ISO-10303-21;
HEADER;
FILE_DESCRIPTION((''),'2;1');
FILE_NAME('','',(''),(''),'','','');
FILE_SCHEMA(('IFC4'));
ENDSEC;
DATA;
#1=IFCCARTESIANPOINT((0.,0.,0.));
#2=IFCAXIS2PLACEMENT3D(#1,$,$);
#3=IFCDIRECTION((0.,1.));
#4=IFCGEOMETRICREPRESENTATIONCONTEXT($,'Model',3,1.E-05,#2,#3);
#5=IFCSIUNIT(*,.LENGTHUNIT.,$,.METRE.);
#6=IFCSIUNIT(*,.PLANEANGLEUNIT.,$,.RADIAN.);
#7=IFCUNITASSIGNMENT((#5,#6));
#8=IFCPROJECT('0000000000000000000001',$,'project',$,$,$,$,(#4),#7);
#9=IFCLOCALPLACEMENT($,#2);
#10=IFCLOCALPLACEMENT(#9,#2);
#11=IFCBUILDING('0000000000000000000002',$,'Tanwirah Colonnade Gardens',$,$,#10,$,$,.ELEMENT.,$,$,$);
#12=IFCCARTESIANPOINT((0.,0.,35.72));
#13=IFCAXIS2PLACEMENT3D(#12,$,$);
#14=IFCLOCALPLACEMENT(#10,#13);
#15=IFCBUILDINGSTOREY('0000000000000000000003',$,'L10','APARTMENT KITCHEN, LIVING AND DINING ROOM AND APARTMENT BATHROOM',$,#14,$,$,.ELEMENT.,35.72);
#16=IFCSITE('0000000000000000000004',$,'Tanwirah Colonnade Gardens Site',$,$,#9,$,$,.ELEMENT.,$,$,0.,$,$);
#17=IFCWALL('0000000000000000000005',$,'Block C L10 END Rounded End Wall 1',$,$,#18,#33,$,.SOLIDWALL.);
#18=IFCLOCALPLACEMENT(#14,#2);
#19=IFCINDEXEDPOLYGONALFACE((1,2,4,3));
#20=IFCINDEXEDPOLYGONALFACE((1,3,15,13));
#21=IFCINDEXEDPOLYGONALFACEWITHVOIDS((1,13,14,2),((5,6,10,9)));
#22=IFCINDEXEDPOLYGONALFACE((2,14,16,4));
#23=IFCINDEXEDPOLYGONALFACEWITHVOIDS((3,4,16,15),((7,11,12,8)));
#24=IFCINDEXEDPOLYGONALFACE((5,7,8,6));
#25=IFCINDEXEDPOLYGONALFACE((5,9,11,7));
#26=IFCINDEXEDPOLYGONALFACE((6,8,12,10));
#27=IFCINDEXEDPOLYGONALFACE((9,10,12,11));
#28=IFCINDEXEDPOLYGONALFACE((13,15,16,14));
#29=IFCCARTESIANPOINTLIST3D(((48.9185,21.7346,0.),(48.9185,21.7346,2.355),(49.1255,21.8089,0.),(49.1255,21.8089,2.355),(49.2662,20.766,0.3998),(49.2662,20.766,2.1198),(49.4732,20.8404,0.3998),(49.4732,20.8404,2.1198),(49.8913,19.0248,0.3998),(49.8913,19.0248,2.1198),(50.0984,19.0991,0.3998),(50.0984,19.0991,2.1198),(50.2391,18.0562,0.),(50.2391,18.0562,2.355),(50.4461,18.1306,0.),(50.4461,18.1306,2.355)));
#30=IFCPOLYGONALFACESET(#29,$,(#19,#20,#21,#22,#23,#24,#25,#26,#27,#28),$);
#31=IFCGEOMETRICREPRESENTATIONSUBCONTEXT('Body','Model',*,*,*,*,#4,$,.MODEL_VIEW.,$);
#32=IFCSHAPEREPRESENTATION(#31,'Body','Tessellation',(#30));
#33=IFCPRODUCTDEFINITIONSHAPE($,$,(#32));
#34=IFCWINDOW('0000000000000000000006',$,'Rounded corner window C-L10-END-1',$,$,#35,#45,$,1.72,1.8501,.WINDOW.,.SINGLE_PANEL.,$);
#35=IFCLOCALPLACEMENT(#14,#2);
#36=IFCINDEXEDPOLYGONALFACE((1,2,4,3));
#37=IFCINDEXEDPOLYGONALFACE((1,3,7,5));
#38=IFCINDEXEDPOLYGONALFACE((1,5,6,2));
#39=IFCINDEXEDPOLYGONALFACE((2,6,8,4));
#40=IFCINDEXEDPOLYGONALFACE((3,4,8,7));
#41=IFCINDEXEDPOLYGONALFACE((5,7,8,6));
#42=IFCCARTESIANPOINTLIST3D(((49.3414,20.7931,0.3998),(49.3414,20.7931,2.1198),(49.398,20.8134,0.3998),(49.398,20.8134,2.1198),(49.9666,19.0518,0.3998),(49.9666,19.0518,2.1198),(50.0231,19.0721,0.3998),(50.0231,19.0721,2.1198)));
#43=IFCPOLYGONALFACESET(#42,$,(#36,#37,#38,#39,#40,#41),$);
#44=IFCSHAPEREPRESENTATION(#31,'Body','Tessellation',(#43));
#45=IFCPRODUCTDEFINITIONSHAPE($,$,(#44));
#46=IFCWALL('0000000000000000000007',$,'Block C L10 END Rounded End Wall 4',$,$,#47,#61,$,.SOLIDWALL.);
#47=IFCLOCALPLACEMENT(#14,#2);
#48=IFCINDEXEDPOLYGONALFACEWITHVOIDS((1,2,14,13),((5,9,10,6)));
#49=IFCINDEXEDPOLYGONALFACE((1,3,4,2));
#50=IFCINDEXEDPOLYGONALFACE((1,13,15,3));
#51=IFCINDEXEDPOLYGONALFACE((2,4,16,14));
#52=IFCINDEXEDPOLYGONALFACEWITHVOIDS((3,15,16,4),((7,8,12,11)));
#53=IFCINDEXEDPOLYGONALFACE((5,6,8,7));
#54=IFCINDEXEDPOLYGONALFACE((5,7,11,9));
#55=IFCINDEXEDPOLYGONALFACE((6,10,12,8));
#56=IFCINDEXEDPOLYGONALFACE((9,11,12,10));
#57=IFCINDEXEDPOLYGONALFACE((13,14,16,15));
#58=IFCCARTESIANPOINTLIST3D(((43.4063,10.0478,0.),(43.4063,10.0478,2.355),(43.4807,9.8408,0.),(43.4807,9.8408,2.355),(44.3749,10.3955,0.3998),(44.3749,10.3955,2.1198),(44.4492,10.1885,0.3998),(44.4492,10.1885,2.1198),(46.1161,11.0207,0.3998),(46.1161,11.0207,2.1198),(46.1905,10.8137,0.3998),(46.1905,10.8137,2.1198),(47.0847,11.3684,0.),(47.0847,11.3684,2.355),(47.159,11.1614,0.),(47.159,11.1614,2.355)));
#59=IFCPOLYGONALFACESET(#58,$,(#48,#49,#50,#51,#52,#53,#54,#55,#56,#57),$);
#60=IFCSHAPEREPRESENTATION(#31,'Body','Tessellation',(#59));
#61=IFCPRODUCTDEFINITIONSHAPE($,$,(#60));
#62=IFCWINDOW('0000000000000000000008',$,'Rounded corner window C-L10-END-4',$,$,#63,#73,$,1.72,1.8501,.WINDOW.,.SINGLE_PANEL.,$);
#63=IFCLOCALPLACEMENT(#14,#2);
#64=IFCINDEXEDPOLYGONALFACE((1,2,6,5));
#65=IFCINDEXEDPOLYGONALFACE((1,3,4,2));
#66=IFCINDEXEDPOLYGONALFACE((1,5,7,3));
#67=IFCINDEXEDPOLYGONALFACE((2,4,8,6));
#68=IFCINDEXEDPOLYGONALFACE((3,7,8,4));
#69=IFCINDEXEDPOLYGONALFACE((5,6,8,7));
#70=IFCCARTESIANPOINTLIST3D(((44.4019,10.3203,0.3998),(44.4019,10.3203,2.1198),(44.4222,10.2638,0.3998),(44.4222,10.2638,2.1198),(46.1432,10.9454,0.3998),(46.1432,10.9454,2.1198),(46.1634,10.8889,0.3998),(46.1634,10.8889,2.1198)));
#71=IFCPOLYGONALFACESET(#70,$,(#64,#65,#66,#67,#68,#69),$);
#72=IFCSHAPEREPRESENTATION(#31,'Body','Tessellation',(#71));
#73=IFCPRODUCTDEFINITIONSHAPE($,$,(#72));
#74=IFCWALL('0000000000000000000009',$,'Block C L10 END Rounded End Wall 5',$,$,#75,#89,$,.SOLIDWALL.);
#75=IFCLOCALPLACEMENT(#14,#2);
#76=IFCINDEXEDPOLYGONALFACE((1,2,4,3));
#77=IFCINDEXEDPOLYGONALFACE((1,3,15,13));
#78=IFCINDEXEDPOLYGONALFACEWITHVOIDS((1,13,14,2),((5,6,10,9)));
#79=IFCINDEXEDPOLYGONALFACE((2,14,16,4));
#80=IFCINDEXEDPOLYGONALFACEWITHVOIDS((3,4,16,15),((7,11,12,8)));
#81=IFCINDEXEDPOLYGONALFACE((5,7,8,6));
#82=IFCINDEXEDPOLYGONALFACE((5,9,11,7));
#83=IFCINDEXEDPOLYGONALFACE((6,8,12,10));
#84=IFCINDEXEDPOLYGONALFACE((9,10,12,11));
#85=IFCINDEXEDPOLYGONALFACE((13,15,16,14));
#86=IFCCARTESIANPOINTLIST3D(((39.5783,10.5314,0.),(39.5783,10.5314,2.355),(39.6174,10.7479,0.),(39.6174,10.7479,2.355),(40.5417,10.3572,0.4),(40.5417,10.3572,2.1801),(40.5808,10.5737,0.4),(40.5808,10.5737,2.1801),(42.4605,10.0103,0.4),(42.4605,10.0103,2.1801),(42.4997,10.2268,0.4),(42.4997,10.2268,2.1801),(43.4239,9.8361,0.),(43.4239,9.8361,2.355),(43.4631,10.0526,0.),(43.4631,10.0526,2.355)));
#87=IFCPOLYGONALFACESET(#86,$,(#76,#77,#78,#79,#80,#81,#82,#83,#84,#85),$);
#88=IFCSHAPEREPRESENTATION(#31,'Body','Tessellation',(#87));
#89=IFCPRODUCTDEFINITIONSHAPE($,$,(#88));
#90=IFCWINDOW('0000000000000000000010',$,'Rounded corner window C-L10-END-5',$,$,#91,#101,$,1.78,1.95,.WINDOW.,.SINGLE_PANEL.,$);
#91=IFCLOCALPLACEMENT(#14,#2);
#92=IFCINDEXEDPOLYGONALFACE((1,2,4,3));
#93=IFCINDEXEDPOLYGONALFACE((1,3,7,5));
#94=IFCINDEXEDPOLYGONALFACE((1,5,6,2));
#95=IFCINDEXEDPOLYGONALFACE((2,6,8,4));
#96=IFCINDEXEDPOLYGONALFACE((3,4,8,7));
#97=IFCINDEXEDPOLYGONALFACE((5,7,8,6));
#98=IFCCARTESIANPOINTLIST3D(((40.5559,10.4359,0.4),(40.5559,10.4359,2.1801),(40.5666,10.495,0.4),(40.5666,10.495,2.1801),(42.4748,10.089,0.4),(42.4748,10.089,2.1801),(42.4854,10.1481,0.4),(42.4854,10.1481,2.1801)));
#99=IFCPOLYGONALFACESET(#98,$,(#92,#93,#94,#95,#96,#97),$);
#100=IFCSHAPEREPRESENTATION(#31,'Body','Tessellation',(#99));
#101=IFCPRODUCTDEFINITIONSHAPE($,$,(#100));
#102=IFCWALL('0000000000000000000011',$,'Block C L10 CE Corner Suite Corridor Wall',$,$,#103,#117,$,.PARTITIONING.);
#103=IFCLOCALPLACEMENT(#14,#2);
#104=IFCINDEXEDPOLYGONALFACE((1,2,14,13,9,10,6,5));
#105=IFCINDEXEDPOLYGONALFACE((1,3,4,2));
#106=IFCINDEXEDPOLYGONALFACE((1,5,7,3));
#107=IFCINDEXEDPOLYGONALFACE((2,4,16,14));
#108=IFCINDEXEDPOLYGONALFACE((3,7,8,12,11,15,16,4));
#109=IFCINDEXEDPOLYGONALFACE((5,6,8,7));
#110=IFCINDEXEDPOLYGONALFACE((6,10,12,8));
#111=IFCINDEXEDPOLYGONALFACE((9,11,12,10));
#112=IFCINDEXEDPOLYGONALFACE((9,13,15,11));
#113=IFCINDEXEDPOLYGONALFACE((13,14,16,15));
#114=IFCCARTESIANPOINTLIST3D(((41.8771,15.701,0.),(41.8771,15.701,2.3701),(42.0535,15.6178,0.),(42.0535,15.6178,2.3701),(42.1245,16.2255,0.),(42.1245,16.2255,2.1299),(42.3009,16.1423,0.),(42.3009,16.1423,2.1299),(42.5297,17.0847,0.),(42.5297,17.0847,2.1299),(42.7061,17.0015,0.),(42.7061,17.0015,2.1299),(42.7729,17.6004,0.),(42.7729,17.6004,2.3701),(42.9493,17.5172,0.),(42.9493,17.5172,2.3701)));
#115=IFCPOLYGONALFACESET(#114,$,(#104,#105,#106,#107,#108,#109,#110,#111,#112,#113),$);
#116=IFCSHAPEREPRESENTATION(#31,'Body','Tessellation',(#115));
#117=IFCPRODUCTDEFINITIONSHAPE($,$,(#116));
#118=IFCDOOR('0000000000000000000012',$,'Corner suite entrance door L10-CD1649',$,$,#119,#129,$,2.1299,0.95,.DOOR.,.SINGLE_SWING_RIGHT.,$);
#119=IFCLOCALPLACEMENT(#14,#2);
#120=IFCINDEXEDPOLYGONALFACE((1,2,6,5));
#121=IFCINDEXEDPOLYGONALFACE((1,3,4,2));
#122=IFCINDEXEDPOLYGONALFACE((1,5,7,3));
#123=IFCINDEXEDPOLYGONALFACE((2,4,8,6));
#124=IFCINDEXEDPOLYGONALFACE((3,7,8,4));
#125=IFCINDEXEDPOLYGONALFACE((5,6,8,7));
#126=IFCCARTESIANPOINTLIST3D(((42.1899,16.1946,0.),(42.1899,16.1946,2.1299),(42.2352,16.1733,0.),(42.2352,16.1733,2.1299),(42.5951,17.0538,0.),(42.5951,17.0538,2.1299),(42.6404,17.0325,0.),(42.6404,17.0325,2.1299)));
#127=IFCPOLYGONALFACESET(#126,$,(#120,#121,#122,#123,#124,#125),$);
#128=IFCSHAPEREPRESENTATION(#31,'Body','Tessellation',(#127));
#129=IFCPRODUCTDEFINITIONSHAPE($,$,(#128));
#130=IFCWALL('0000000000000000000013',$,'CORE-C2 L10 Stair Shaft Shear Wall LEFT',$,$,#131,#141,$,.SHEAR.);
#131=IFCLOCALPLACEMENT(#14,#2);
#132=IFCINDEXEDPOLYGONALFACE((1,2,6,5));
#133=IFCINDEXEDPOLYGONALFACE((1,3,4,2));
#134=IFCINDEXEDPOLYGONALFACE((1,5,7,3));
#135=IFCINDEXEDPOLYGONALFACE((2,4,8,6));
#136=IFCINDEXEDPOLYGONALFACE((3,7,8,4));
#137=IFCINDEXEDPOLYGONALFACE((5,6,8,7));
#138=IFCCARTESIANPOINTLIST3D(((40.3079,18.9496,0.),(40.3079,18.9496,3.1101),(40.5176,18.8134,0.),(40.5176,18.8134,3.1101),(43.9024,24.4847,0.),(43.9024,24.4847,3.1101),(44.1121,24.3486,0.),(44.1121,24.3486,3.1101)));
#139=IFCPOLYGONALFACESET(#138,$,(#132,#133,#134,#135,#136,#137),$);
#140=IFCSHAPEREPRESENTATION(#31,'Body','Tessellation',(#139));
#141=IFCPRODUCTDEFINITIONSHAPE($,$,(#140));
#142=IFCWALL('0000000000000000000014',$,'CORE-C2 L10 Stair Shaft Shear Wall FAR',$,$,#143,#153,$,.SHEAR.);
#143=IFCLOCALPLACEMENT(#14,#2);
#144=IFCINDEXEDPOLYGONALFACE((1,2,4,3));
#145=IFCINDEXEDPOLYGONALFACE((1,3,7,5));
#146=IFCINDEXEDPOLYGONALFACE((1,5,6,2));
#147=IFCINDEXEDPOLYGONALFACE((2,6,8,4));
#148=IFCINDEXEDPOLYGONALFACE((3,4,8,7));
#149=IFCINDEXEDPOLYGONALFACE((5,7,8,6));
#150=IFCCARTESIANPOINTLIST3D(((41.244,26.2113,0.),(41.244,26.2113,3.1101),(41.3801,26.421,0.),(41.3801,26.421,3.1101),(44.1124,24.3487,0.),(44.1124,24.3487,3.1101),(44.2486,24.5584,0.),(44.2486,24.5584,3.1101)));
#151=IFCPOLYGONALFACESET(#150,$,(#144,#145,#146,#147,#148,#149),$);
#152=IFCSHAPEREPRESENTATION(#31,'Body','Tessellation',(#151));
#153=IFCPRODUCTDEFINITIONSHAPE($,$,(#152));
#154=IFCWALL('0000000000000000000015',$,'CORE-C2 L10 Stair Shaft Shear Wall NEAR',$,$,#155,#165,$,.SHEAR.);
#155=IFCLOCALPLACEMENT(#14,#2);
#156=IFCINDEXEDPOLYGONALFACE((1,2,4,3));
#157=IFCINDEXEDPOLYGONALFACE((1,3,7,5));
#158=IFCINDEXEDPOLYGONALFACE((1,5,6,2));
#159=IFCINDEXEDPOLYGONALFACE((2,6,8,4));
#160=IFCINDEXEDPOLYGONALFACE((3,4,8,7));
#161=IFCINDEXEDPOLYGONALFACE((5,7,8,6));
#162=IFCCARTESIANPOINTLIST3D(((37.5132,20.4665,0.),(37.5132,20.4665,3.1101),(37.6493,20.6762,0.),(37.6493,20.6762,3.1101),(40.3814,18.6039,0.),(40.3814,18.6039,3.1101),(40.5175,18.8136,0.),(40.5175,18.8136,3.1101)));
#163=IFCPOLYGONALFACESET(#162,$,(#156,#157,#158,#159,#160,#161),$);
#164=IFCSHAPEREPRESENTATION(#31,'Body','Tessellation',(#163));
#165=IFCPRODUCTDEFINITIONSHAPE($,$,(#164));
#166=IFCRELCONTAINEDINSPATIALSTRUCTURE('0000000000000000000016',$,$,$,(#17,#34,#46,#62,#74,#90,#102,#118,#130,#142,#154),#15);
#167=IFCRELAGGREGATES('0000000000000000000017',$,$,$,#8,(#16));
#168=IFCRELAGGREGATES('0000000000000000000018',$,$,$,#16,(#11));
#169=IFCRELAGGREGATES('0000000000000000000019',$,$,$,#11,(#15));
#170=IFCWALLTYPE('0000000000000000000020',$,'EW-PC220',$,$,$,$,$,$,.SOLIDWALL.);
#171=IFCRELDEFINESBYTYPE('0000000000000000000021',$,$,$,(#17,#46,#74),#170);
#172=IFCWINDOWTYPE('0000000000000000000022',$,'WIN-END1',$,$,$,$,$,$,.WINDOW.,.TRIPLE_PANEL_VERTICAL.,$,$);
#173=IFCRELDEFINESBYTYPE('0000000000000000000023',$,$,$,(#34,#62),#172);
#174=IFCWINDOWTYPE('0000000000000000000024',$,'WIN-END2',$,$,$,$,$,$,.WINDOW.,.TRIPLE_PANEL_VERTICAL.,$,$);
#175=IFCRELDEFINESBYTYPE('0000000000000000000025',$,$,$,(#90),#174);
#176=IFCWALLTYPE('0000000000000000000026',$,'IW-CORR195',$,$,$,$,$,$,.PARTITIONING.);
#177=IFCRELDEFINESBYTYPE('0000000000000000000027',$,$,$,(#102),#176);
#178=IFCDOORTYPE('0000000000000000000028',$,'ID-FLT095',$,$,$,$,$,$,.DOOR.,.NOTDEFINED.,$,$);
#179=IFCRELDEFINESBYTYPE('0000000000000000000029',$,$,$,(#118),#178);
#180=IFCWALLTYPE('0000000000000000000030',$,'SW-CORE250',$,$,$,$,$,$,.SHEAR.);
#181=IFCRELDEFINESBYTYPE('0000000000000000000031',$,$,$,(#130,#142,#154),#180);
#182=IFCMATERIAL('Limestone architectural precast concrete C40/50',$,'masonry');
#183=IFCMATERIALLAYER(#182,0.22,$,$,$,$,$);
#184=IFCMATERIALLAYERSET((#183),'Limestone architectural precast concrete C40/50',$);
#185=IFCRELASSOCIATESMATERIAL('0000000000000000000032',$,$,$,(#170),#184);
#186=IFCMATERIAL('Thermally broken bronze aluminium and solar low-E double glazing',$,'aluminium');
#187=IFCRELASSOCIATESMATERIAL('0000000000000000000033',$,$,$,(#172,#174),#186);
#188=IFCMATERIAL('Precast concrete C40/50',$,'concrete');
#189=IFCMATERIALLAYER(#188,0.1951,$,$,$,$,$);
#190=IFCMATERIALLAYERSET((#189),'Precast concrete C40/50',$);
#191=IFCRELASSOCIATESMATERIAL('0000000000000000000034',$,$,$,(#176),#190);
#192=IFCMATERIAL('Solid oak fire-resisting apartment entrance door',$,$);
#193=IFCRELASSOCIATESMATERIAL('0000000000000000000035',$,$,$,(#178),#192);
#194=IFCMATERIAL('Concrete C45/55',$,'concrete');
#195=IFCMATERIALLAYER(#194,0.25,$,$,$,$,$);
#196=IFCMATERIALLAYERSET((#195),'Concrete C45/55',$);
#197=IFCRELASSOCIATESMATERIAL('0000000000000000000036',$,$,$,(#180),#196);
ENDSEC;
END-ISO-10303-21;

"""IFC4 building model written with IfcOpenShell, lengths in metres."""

from ifc_helpers import new_model, si_unit, direction, frame, frame_2d, origin, place, context, subcontext, project, spatial, rectangle, extrude, material, layer, layer_set, type_object, element, fill, save


model = new_model("IFC4")

# Units and contexts
model_context = context("Model", 3, precision=1e-05, world=origin(), true_north=direction((0.0, 1.0)))
body_context = subcontext(model_context, "Body", "Model", "MODEL_VIEW")
ifc_project = project(units=[si_unit("LENGTHUNIT", "METRE"), si_unit("PLANEANGLEUNIT", "RADIAN")], contexts=[model_context])

# Site, building, storey
site_placement = place(None, origin())
site = spatial("IfcSite", under=ifc_project, at=site_placement, Name="Tanwirah Colonnade Gardens Site", CompositionType="ELEMENT", RefElevation=0.0)
building_placement = place(site_placement, origin())
building = spatial("IfcBuilding", under=site, at=building_placement, Name="Tanwirah Colonnade Gardens", CompositionType="ELEMENT")
storey_placement = place(building_placement, frame((0.0, 0.0, 35.72)))
storey = spatial("IfcBuildingStorey", under=building, at=storey_placement, Name="L10", Description="APARTMENT KITCHEN, LIVING AND DINING ROOM AND APARTMENT BATHROOM", CompositionType="ELEMENT", Elevation=35.72)

# Shared definitions
ifc_material_1 = material(Name="Precast concrete C40/50", Category="concrete")

# Wall, opening, window
ifc_material_2 = material(Name="Limestone architectural precast concrete C40/50", Category="masonry")
ifc_layer_1 = layer(ifc_material_2, 0.22)
ifc_layer_set_1 = layer_set([ifc_layer_1], Name="Limestone architectural precast concrete C40/50")
wall_type_1 = type_object("IfcWallType", Name="EW-PC220", PredefinedType="SOLIDWALL", material=ifc_layer_set_1)
wall_1_placement = place(storey_placement, frame((49.022, 21.7717, 0.0), z_axis=(0.0, 0.0, 1.0), x_axis=(0.337903, -0.941181, 0.0)))
wall_1 = element("IfcWall", 1, at=wall_1_placement, inside=storey, type_object=wall_type_1, Name="Block C L10 END Rounded End Wall 1", PredefinedType="SOLIDWALL", context=body_context, shape_type="SweptSolid", body=[
    extrude(rectangle(XDim=3.9082, YDim=0.22, at=frame_2d((1.9541, 0.0))), origin(), (0.0, 0.0, 1.0), 2.355),
])
opening_1_placement = place(wall_1_placement, frame((1.0291, 0.0, 0.3999)))
opening_1 = element("IfcOpeningElement", 2, at=opening_1_placement, cuts=wall_1, PredefinedType="OPENING", context=body_context, shape_type="SweptSolid", body=[
    extrude(rectangle(XDim=1.8501, YDim=1.72, at=frame_2d((0.925, 0.8599))), frame((0.0, 0.1199, 0.0), z_axis=(0.0, -1.0, 0.0), x_axis=(1.0, 0.0, 0.0)), (0.0, 0.0, 1.0), 0.24),
])
ifc_material_3 = material(Name="Thermally broken bronze aluminium and solar low-E double glazing", Category="aluminium")
window_type_1 = type_object("IfcWindowType", Name="WIN-END1", PartitioningType="TRIPLE_PANEL_VERTICAL", PredefinedType="WINDOW", material=ifc_material_3)
window_1_placement = place(opening_1_placement, origin())
window_1 = element("IfcWindow", 3, at=window_1_placement, inside=storey, type_object=window_type_1, Name="Rounded corner window C-L10-END-1", OverallHeight=1.72, OverallWidth=1.8501, PartitioningType="SINGLE_PANEL", PredefinedType="WINDOW", context=body_context, shape_type="SweptSolid", body=[
    extrude(rectangle(XDim=1.8501, YDim=1.72, at=frame_2d((0.925, 0.8599))), frame((0.0, 0.03, 0.0), z_axis=(0.0, -1.0, 0.0), x_axis=(1.0, 0.0, 0.0)), (0.0, 0.0, 1.0), 0.0601),
])
fill(opening_1, window_1)

# Walls, openings, windows
wall_2_placement = place(storey_placement, frame((47.1218, 11.2649, 0.0), z_axis=(0.0, 0.0, 1.0), x_axis=(-0.941181, -0.337903, 0.0)))
wall_2 = element("IfcWall", 4, at=wall_2_placement, inside=storey, type_object=wall_type_1, Name="Block C L10 END Rounded End Wall 4", PredefinedType="SOLIDWALL", context=body_context, shape_type="SweptSolid", body=[
    extrude(rectangle(XDim=3.9082, YDim=0.22, at=frame_2d((1.9541, 0.0))), origin(), (0.0, 0.0, 1.0), 2.355),
])
opening_2_placement = place(wall_2_placement, frame((1.0291, 0.0, 0.3999)))
opening_2 = element("IfcOpeningElement", 5, at=opening_2_placement, cuts=wall_2, PredefinedType="OPENING", context=body_context, shape_type="SweptSolid", body=[
    extrude(rectangle(XDim=1.8501, YDim=1.72, at=frame_2d((0.925, 0.8599))), frame((0.0, 0.1199, 0.0), z_axis=(0.0, -1.0, 0.0), x_axis=(1.0, 0.0, 0.0)), (0.0, 0.0, 1.0), 0.24),
])
window_2_placement = place(opening_2_placement, origin())
window_2 = element("IfcWindow", 6, at=window_2_placement, inside=storey, type_object=window_type_1, Name="Rounded corner window C-L10-END-4", OverallHeight=1.72, OverallWidth=1.8501, PartitioningType="SINGLE_PANEL", PredefinedType="WINDOW", context=body_context, shape_type="SweptSolid", body=[
    extrude(rectangle(XDim=1.8501, YDim=1.72, at=frame_2d((0.925, 0.8599))), frame((0.0, 0.03, 0.0), z_axis=(0.0, -1.0, 0.0), x_axis=(1.0, 0.0, 0.0)), (0.0, 0.0, 1.0), 0.0601),
])
fill(opening_2, window_2)
wall_3_placement = place(storey_placement, frame((43.4436, 9.9443, 0.0), z_axis=(0.0, 0.0, 1.0), x_axis=(-0.984045, 0.177918, 0.0)))
wall_3 = element("IfcWall", 7, at=wall_3_placement, inside=storey, type_object=wall_type_1, Name="Block C L10 END Rounded End Wall 5", PredefinedType="SOLIDWALL", context=body_context, shape_type="SweptSolid", body=[
    extrude(rectangle(XDim=3.908, YDim=0.22, at=frame_2d((1.9541, 0.0))), origin(), (0.0, 0.0, 1.0), 2.355),
])
opening_3_placement = place(wall_3_placement, frame((0.979, 0.0, 0.3999)))
opening_3 = element("IfcOpeningElement", 8, at=opening_3_placement, cuts=wall_3, PredefinedType="OPENING", context=body_context, shape_type="SweptSolid", body=[
    extrude(rectangle(XDim=1.95, YDim=1.78, at=frame_2d((0.9751, 0.8901))), frame((0.0, 0.1199, 0.0), z_axis=(0.0, -1.0, 0.0), x_axis=(1.0, 0.0, 0.0)), (0.0, 0.0, 1.0), 0.24),
])
window_type_2 = type_object("IfcWindowType", Name="WIN-END2", PartitioningType="TRIPLE_PANEL_VERTICAL", PredefinedType="WINDOW", material=ifc_material_3)
window_3_placement = place(opening_3_placement, origin())
window_3 = element("IfcWindow", 9, at=window_3_placement, inside=storey, type_object=window_type_2, Name="Rounded corner window C-L10-END-5", OverallHeight=1.78, OverallWidth=1.95, PartitioningType="SINGLE_PANEL", PredefinedType="WINDOW", context=body_context, shape_type="SweptSolid", body=[
    extrude(rectangle(XDim=1.95, YDim=1.78, at=frame_2d((0.9751, 0.8901))), frame((0.0, 0.03, 0.0), z_axis=(0.0, -1.0, 0.0), x_axis=(1.0, 0.0, 0.0)), (0.0, 0.0, 1.0), 0.0601),
])
fill(opening_3, window_3)

# Wall, opening, door
ifc_layer_2 = layer(ifc_material_1, 0.1951)
ifc_layer_set_2 = layer_set([ifc_layer_2], Name="Precast concrete C40/50")
wall_type_2 = type_object("IfcWallType", Name="IW-CORR195", PredefinedType="PARTITIONING", material=ifc_layer_set_2)
wall_4_placement = place(storey_placement, frame((42.8611, 17.5588, 0.0), z_axis=(0.0, 0.0, 1.0), x_axis=(-0.426542, -0.904468, 0.0)))
wall_4 = element("IfcWall", 10, at=wall_4_placement, inside=storey, type_object=wall_type_2, Name="Block C L10 CE Corner Suite Corridor Wall", PredefinedType="PARTITIONING", context=body_context, shape_type="SweptSolid", body=[
    extrude(rectangle(XDim=2.1001, YDim=0.1951, at=frame_2d((1.05, 0.0))), origin(), (0.0, 0.0, 1.0), 2.3701),
])
opening_4_placement = place(wall_4_placement, frame((0.5701, 0.0, 0.0)))
opening_4 = element("IfcOpeningElement", 11, at=opening_4_placement, cuts=wall_4, PredefinedType="OPENING", context=body_context, shape_type="SweptSolid", body=[
    extrude(rectangle(XDim=0.95, YDim=2.1299, at=frame_2d((0.4751, 1.0649))), frame((0.0, 0.1074, 0.0), z_axis=(0.0, -1.0, 0.0), x_axis=(1.0, 0.0, 0.0)), (0.0, 0.0, 1.0), 0.2151),
])
ifc_material_4 = material(Name="Solid oak fire-resisting apartment entrance door")
door_type_1 = type_object("IfcDoorType", Name="ID-FLT095", OperationType="NOTDEFINED", PredefinedType="DOOR", material=ifc_material_4)
door_1_placement = place(opening_4_placement, origin())
door_1 = element("IfcDoor", 12, at=door_1_placement, inside=storey, type_object=door_type_1, Name="Corner suite entrance door L10-CD1649", OperationType="SINGLE_SWING_RIGHT", OverallHeight=2.1299, OverallWidth=0.95, PredefinedType="DOOR", context=body_context, shape_type="SweptSolid", body=[
    extrude(rectangle(XDim=0.95, YDim=2.1299, at=frame_2d((0.4751, 1.0649))), frame((0.0, 0.0249, 0.0), z_axis=(0.0, -1.0, 0.0), x_axis=(1.0, 0.0, 0.0)), (0.0, 0.0, 1.0), 0.05),
])
fill(opening_4, door_1)

# Walls
ifc_material_5 = material(Name="Concrete C45/55", Category="concrete")
ifc_layer_3 = layer(ifc_material_5, 0.25)
ifc_layer_set_3 = layer_set([ifc_layer_3], Name="Concrete C45/55")
wall_type_3 = type_object("IfcWallType", Name="SW-CORE250", PredefinedType="SHEAR", material=ifc_layer_set_3)
wall_5_placement = place(storey_placement, frame((40.4128, 18.8816, 0.0), z_axis=(0.0, 0.0, 1.0), x_axis=(0.544629, 0.838677, 0.0)))
element("IfcWall", 13, at=wall_5_placement, inside=storey, type_object=wall_type_3, Name="CORE-C2 L10 Stair Shaft Shear Wall LEFT", PredefinedType="SHEAR", context=body_context, shape_type="SweptSolid", body=[
    extrude(rectangle(XDim=6.5999, YDim=0.25, at=frame_2d((3.2998, 0.0))), origin(), (0.0, 0.0, 1.0), 3.1101),
])
wall_6_placement = place(storey_placement, frame((44.1804, 24.4536, 0.0), z_axis=(0.0, 0.0, 1.0), x_axis=(-0.8387, 0.544594, 0.0)))
element("IfcWall", 14, at=wall_6_placement, inside=storey, type_object=wall_type_3, Name="CORE-C2 L10 Stair Shaft Shear Wall FAR", PredefinedType="SHEAR", context=body_context, shape_type="SweptSolid", body=[
    extrude(rectangle(XDim=3.4202, YDim=0.25, at=frame_2d((1.71, 0.0))), origin(), (0.0, 0.0, 1.0), 3.1101),
])
wall_7_placement = place(storey_placement, frame((40.4495, 18.7087, 0.0), z_axis=(0.0, 0.0, 1.0), x_axis=(-0.838678, 0.544627, 0.0)))
element("IfcWall", 15, at=wall_7_placement, inside=storey, type_object=wall_type_3, Name="CORE-C2 L10 Stair Shaft Shear Wall NEAR", PredefinedType="SHEAR", context=body_context, shape_type="SweptSolid", body=[
    extrude(rectangle(XDim=3.4199, YDim=0.25, at=frame_2d((1.71, 0.0))), origin(), (0.0, 0.0, 1.0), 3.1101),
])

save(model, "model.ifc")
